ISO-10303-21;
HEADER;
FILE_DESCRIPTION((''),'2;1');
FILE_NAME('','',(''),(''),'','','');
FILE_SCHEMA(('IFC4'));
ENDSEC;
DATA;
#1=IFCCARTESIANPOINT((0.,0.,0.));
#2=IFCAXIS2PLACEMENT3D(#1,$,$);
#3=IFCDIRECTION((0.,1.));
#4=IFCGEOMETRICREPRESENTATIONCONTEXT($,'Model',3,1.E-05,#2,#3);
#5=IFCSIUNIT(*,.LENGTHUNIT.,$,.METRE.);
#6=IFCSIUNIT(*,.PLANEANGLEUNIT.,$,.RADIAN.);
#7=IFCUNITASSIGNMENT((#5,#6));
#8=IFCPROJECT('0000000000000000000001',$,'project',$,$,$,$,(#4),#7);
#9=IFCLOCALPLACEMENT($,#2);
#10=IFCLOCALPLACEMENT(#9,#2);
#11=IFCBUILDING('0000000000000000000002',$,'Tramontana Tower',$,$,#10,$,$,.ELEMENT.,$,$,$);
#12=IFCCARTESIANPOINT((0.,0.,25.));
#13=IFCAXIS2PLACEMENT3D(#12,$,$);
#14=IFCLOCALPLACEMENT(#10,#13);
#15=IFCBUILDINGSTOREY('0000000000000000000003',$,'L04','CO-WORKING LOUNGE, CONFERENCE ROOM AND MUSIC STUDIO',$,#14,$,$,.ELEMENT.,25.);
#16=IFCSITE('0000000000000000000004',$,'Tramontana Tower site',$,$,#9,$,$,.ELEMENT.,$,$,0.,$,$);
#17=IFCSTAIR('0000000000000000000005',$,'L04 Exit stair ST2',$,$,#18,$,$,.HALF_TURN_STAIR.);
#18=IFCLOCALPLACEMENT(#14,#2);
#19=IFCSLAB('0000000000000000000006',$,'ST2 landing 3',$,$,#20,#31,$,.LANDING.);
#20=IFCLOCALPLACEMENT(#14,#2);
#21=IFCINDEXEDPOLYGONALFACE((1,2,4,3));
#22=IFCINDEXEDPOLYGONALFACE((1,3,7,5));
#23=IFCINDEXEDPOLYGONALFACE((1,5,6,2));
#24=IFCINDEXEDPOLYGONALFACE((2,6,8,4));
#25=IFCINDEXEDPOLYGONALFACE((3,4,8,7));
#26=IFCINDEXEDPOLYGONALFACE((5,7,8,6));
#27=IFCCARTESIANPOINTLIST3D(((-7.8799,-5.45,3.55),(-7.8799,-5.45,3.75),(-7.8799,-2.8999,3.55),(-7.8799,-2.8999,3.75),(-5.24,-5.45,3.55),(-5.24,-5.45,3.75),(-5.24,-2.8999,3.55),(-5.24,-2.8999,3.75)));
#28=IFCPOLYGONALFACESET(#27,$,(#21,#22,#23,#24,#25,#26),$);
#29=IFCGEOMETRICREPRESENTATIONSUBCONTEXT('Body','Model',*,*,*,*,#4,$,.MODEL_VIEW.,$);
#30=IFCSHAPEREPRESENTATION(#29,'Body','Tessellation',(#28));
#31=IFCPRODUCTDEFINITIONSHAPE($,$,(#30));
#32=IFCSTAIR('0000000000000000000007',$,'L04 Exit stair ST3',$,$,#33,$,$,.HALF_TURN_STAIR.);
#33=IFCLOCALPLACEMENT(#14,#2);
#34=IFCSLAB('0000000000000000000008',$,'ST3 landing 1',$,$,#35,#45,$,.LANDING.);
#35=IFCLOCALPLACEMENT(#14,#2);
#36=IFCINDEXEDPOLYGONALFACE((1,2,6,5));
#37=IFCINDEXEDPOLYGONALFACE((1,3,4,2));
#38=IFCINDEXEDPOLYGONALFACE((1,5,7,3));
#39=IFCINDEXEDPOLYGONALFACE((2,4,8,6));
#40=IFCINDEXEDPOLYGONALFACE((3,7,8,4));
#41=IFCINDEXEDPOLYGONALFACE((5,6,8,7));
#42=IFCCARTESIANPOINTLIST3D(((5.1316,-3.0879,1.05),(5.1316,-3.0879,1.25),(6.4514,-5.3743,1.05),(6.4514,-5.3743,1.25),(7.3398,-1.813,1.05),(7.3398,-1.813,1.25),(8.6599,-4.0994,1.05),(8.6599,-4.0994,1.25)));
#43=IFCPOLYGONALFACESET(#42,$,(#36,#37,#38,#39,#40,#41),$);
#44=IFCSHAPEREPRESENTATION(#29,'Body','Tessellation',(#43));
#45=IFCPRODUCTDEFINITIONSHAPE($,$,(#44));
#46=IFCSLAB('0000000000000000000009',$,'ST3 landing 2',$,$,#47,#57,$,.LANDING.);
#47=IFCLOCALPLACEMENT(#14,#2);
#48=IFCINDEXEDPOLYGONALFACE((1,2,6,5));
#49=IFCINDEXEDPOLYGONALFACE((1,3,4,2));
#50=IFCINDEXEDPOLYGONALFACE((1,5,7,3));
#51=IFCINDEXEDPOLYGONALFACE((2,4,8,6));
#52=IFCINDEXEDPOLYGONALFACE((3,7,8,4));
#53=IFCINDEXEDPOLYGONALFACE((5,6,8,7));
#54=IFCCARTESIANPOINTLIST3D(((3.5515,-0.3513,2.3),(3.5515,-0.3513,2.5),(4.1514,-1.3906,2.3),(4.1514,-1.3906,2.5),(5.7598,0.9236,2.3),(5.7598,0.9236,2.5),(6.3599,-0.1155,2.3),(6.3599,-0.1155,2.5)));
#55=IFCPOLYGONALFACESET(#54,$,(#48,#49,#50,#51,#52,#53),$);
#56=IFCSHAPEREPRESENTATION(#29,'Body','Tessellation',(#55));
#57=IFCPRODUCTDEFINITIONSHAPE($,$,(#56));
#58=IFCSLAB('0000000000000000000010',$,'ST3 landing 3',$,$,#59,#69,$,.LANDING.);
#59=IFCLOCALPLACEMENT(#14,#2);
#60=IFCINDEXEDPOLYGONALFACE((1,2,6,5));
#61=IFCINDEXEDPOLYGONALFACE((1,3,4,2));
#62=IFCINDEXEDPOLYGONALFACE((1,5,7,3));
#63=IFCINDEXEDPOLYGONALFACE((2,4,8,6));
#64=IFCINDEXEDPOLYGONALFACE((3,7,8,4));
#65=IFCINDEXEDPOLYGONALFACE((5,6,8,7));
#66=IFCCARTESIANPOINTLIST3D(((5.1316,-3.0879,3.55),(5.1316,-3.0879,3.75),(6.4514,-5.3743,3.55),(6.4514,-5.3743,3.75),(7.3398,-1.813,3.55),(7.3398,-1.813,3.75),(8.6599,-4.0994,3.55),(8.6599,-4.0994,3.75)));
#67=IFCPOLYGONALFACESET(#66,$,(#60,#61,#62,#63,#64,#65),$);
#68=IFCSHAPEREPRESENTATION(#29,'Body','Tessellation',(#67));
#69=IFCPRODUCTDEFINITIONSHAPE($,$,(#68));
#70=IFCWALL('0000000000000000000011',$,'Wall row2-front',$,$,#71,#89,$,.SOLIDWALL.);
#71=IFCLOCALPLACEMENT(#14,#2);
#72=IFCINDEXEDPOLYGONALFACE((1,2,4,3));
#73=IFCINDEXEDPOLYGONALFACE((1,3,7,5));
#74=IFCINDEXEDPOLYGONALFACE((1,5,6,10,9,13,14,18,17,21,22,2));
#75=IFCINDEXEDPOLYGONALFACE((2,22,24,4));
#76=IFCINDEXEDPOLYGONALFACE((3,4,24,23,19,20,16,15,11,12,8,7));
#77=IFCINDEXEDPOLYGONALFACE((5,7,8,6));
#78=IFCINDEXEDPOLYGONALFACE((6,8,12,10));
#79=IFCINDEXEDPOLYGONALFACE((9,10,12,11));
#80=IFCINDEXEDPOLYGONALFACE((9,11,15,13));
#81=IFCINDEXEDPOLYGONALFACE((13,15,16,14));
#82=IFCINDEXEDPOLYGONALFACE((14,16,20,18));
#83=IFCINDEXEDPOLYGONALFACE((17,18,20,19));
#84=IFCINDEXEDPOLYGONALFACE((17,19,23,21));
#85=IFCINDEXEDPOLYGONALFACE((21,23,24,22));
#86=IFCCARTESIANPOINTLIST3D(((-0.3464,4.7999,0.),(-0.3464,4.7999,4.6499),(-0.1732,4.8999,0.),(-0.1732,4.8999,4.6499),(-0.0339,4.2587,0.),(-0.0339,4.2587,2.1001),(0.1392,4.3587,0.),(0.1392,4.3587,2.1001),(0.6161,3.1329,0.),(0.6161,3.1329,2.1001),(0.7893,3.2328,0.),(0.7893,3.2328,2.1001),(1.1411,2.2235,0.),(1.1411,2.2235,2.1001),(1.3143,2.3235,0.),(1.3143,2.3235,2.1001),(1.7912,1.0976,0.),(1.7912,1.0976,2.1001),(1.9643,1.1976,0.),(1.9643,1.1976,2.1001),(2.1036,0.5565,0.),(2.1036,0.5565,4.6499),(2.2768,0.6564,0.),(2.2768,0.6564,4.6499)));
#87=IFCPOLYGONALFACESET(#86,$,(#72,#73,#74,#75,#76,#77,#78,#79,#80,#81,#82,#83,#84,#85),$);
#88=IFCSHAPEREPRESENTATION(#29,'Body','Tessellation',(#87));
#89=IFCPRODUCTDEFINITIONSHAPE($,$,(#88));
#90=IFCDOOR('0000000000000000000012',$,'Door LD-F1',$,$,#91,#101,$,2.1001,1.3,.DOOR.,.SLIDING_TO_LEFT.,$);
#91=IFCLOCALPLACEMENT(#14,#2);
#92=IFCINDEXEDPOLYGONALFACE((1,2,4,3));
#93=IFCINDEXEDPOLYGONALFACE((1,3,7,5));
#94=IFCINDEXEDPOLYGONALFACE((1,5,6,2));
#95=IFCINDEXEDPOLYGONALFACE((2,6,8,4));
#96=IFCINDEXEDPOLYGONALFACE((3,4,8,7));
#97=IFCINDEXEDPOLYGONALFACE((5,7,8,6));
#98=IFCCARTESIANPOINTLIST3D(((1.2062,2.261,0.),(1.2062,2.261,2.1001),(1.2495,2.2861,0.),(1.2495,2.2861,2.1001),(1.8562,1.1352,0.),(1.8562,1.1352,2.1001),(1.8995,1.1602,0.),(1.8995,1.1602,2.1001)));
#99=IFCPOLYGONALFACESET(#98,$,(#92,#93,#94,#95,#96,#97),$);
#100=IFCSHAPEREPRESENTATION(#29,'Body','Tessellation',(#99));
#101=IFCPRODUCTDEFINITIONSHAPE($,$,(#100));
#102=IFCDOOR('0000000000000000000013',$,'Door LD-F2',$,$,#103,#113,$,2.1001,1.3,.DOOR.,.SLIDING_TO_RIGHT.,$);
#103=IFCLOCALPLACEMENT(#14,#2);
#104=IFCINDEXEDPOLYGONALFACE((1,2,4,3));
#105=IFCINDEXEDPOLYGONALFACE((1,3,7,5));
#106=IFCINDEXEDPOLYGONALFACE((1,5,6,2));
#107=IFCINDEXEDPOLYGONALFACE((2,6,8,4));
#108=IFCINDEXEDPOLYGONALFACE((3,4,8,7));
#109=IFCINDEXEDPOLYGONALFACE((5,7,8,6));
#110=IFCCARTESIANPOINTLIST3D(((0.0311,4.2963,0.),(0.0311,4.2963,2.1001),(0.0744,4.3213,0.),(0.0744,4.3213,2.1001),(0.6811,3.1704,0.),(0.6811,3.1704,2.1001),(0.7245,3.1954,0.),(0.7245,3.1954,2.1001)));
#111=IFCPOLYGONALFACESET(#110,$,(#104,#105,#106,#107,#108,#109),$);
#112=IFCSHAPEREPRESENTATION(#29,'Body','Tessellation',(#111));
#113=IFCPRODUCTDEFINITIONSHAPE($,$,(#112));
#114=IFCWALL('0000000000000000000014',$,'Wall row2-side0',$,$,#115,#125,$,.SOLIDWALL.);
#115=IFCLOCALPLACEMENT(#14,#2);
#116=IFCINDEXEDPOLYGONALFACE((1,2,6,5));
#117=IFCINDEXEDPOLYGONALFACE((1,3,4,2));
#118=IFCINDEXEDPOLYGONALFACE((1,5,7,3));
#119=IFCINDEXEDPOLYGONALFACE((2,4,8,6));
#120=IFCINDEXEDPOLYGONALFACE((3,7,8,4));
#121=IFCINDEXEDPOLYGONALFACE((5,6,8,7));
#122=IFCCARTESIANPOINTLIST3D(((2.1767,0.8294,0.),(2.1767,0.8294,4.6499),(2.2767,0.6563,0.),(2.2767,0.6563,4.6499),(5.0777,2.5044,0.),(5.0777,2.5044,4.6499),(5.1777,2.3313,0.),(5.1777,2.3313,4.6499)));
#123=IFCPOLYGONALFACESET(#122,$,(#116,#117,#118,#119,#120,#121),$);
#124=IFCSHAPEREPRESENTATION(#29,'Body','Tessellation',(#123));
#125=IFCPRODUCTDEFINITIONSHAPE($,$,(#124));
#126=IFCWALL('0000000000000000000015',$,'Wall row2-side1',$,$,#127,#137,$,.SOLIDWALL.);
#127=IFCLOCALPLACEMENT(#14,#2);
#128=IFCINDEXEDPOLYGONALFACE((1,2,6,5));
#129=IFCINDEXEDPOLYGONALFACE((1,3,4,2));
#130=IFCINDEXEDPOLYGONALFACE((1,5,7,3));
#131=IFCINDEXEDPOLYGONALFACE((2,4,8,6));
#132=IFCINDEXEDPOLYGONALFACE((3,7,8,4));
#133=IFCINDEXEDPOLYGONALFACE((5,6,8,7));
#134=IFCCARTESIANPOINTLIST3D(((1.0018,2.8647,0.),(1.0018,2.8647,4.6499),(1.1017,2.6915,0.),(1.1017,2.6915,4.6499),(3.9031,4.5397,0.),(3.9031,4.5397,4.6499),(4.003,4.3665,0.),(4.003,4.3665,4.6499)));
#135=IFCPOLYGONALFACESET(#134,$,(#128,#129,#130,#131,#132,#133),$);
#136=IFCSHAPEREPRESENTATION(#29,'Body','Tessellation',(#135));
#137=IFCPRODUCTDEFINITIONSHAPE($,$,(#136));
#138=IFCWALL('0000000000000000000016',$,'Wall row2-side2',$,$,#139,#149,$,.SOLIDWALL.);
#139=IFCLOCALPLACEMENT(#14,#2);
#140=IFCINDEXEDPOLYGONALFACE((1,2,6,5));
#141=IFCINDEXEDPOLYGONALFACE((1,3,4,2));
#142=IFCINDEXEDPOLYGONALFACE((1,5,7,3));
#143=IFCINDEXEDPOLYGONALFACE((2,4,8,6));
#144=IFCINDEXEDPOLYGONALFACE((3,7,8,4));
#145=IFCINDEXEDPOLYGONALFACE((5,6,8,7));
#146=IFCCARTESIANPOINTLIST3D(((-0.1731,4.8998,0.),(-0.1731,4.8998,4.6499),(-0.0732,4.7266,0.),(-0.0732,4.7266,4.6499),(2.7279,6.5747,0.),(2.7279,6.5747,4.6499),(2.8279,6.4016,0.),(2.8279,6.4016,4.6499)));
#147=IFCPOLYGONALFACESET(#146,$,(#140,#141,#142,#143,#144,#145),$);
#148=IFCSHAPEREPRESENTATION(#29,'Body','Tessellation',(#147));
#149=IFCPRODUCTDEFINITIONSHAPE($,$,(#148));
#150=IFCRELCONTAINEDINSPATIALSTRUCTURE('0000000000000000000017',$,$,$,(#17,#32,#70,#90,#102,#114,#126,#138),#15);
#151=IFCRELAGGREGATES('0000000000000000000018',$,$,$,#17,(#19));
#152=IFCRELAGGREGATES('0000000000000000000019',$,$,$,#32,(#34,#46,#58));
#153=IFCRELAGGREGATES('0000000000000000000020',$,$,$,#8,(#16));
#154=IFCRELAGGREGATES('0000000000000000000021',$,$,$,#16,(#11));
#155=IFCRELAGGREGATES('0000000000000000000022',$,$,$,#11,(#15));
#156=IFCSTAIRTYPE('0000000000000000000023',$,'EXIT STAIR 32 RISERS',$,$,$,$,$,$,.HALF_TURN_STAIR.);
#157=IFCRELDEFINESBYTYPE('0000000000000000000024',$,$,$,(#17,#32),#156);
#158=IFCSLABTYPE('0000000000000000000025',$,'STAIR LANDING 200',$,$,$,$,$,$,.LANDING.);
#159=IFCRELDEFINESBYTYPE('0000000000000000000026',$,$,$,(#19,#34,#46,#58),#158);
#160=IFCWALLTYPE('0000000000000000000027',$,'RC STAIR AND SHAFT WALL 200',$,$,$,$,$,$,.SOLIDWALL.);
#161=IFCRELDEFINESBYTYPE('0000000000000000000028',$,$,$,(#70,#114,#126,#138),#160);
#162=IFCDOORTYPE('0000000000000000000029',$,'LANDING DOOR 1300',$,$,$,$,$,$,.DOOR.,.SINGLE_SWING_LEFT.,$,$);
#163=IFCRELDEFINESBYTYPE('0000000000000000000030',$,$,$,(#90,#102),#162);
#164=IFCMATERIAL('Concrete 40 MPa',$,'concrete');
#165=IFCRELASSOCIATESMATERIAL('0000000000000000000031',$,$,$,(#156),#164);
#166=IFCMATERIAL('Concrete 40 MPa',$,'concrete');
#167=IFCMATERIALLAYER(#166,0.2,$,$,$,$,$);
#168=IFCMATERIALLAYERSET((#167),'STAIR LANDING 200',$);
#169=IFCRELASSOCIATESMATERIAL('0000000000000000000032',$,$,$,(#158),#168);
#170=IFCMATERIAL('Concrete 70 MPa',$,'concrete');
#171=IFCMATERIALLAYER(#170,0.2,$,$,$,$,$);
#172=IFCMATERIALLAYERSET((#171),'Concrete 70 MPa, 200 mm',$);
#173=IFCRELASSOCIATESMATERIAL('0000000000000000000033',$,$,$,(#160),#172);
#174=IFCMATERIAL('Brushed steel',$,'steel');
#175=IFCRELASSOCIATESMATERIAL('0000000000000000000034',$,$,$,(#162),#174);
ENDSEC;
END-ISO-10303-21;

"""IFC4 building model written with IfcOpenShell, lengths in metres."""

from ifc_helpers import new_model, si_unit, direction, frame, frame_2d, origin, place, context, subcontext, project, spatial, polyline, rectangle, outline, extrude, material, layer, layer_set, type_object, element, fill, aggregate, save


model = new_model("IFC4")

# Units and contexts
model_context = context("Model", 3, precision=1e-05, world=origin(), true_north=direction((0.0, 1.0)))
body_context = subcontext(model_context, "Body", "Model", "MODEL_VIEW")
ifc_project = project(units=[si_unit("LENGTHUNIT", "METRE"), si_unit("PLANEANGLEUNIT", "RADIAN")], contexts=[model_context])

# Site, building, storey
site_placement = place(None, origin())
site = spatial("IfcSite", under=ifc_project, at=site_placement, Name="Tramontana Tower site", CompositionType="ELEMENT", RefElevation=0.0)
building_placement = place(site_placement, origin())
building = spatial("IfcBuilding", under=site, at=building_placement, Name="Tramontana Tower", CompositionType="ELEMENT")
storey_placement = place(building_placement, frame((0.0, 0.0, 25.0)))
storey = spatial("IfcBuildingStorey", under=building, at=storey_placement, Name="L04", Description="CO-WORKING LOUNGE, CONFERENCE ROOM AND MUSIC STUDIO", CompositionType="ELEMENT", Elevation=25.0)

# Stairs, slabs
ifc_material_1 = material(Name="Concrete 40 MPa", Category="concrete")
stair_type = type_object("IfcStairType", Name="EXIT STAIR 32 RISERS", PredefinedType="HALF_TURN_STAIR", material=ifc_material_1)
ifc_material_2 = material(Name="Concrete 40 MPa", Category="concrete")
ifc_layer_1 = layer(ifc_material_2, 0.2)
ifc_layer_set_1 = layer_set([ifc_layer_1], Name="STAIR LANDING 200")
slab_type_1 = type_object("IfcSlabType", Name="STAIR LANDING 200", PredefinedType="LANDING", material=ifc_layer_set_1)
stair_1_placement = place(storey_placement, origin())
stair_1 = element("IfcStair", 1, at=stair_1_placement, inside=storey, type_object=stair_type, Name="L04 Exit stair ST2", PredefinedType="HALF_TURN_STAIR")
slab_1_placement = place(storey_placement, frame((0.0, 0.0, 3.55)))
slab_1 = element("IfcSlab", 2, at=slab_1_placement, type_object=slab_type_1, Name="ST2 landing 3", PredefinedType="LANDING", context=body_context, shape_type="SweptSolid", body=[
    extrude(outline(polyline([(-5.24, -2.8999), (-7.8799, -2.8999), (-7.8799, -5.45), (-5.24, -5.45), (-5.24, -2.8999)])), origin(), (0.0, 0.0, 1.0), 0.2),
])
aggregate(stair_1, [slab_1])
stair_2_placement = place(storey_placement, origin())
stair_2 = element("IfcStair", 3, at=stair_2_placement, inside=storey, type_object=stair_type, Name="L04 Exit stair ST3", PredefinedType="HALF_TURN_STAIR")
slab_2_placement = place(storey_placement, frame((0.0, 0.0, 1.05)))
slab_2 = element("IfcSlab", 4, at=slab_2_placement, type_object=slab_type_1, Name="ST3 landing 1", PredefinedType="LANDING", context=body_context, shape_type="SweptSolid", body=[
    extrude(outline(polyline([(5.1316, -3.0879), (6.4514, -5.3743), (8.6599, -4.0994), (7.3398, -1.813), (5.1316, -3.0879)])), origin(), (0.0, 0.0, 1.0), 0.2),
])
slab_3_placement = place(storey_placement, frame((0.0, 0.0, 2.3)))
slab_3 = element("IfcSlab", 5, at=slab_3_placement, type_object=slab_type_1, Name="ST3 landing 2", PredefinedType="LANDING", context=body_context, shape_type="SweptSolid", body=[
    extrude(outline(polyline([(3.5515, -0.3513), (4.1514, -1.3906), (6.3599, -0.1155), (5.7598, 0.9236), (3.5515, -0.3513)])), origin(), (0.0, 0.0, 1.0), 0.2),
])
slab_4_placement = place(storey_placement, frame((0.0, 0.0, 3.55)))
slab_4 = element("IfcSlab", 6, at=slab_4_placement, type_object=slab_type_1, Name="ST3 landing 3", PredefinedType="LANDING", context=body_context, shape_type="SweptSolid", body=[
    extrude(outline(polyline([(5.1316, -3.0879), (6.4514, -5.3743), (8.6599, -4.0994), (7.3398, -1.813), (5.1316, -3.0879)])), origin(), (0.0, 0.0, 1.0), 0.2),
])
aggregate(stair_2, [slab_2, slab_3, slab_4])

# Shared definitions
ifc_material_3 = material(Name="Concrete 70 MPa", Category="concrete")
ifc_layer_2 = layer(ifc_material_3, 0.2)
ifc_layer_set_2 = layer_set([ifc_layer_2], Name="Concrete 70 MPa, 200 mm")
wall_type = type_object("IfcWallType", Name="RC STAIR AND SHAFT WALL 200", PredefinedType="SOLIDWALL", material=ifc_layer_set_2)

# Wall, openings, doors
wall_1_placement = place(storey_placement, frame((2.1902, 0.6064, 0.0), z_axis=(0.0, 0.0, 1.0), x_axis=(-0.500003, 0.866024, 0.0)))
wall_1 = element("IfcWall", 7, at=wall_1_placement, inside=storey, type_object=wall_type, Name="Wall row2-front", PredefinedType="SOLIDWALL", context=body_context, shape_type="SweptSolid", body=[
    extrude(rectangle(XDim=4.8999, YDim=0.2, at=frame_2d((2.45, 0.0))), origin(), (0.0, 0.0, 1.0), 4.6499),
])
opening_1_placement = place(wall_1_placement, frame((0.625, 0.0, 0.0)))
opening_1 = element("IfcOpeningElement", 8, at=opening_1_placement, cuts=wall_1, PredefinedType="OPENING", context=body_context, shape_type="SweptSolid", body=[
    extrude(rectangle(XDim=1.3, YDim=2.1001, at=frame_2d((0.6499, 1.05))), frame((0.0, 0.1099, 0.0), z_axis=(0.0, -1.0, 0.0), x_axis=(1.0, 0.0, 0.0)), (0.0, 0.0, 1.0), 0.22),
])
opening_2_placement = place(wall_1_placement, frame((2.9751, 0.0, 0.0)))
opening_2 = element("IfcOpeningElement", 9, at=opening_2_placement, cuts=wall_1, PredefinedType="OPENING", context=body_context, shape_type="SweptSolid", body=[
    extrude(rectangle(XDim=1.3, YDim=2.1001, at=frame_2d((0.6499, 1.05))), frame((0.0, 0.1099, 0.0), z_axis=(0.0, -1.0, 0.0), x_axis=(1.0, 0.0, 0.0)), (0.0, 0.0, 1.0), 0.22),
])
ifc_material_4 = material(Name="Brushed steel", Category="steel")
door_type_1 = type_object("IfcDoorType", Name="LANDING DOOR 1300", OperationType="SINGLE_SWING_LEFT", PredefinedType="DOOR", material=ifc_material_4)
door_1_placement = place(opening_1_placement, origin())
door_1 = element("IfcDoor", 10, at=door_1_placement, inside=storey, type_object=door_type_1, Name="Door LD-F1", OperationType="SLIDING_TO_LEFT", OverallHeight=2.1001, OverallWidth=1.3, PredefinedType="DOOR", context=body_context, shape_type="SweptSolid", body=[
    extrude(rectangle(XDim=1.3, YDim=2.1001, at=frame_2d((0.6499, 1.05))), frame((0.0, 0.0249, 0.0), z_axis=(0.0, -1.0, 0.0), x_axis=(1.0, 0.0, 0.0)), (0.0, 0.0, 1.0), 0.05),
])
fill(opening_1, door_1)
door_2_placement = place(opening_2_placement, origin())
door_2 = element("IfcDoor", 11, at=door_2_placement, inside=storey, type_object=door_type_1, Name="Door LD-F2", OperationType="SLIDING_TO_RIGHT", OverallHeight=2.1001, OverallWidth=1.3, PredefinedType="DOOR", context=body_context, shape_type="SweptSolid", body=[
    extrude(rectangle(XDim=1.3, YDim=2.1001, at=frame_2d((0.6499, 1.05))), frame((0.0, 0.0249, 0.0), z_axis=(0.0, -1.0, 0.0), x_axis=(1.0, 0.0, 0.0)), (0.0, 0.0, 1.0), 0.05),
])
fill(opening_2, door_2)

# Walls
wall_2_placement = place(storey_placement, frame((2.2268, 0.7429, 0.0), z_axis=(0.0, 0.0, 1.0), x_axis=(0.866014, 0.500019, 0.0)))
element("IfcWall", 12, at=wall_2_placement, inside=storey, type_object=wall_type, Name="Wall row2-side0", PredefinedType="SOLIDWALL", context=body_context, shape_type="SweptSolid", body=[
    extrude(rectangle(XDim=3.3499, YDim=0.2, at=frame_2d((1.6748, 0.0))), origin(), (0.0, 0.0, 1.0), 4.6499),
])
wall_3_placement = place(storey_placement, frame((1.0518, 2.7781, 0.0), z_axis=(0.0, 0.0, 1.0), x_axis=(0.866033, 0.499987, 0.0)))
element("IfcWall", 13, at=wall_3_placement, inside=storey, type_object=wall_type, Name="Wall row2-side1", PredefinedType="SOLIDWALL", context=body_context, shape_type="SweptSolid", body=[
    extrude(rectangle(XDim=3.3501, YDim=0.2, at=frame_2d((1.675, 0.0))), origin(), (0.0, 0.0, 1.0), 4.6499),
])
wall_4_placement = place(storey_placement, frame((-0.123, 4.8132, 0.0), z_axis=(0.0, 0.0, 1.0), x_axis=(0.866014, 0.500019, 0.0)))
element("IfcWall", 14, at=wall_4_placement, inside=storey, type_object=wall_type, Name="Wall row2-side2", PredefinedType="SOLIDWALL", context=body_context, shape_type="SweptSolid", body=[
    extrude(rectangle(XDim=3.3499, YDim=0.2, at=frame_2d((1.6748, 0.0))), origin(), (0.0, 0.0, 1.0), 4.6499),
])

save(model, "model.ifc")
